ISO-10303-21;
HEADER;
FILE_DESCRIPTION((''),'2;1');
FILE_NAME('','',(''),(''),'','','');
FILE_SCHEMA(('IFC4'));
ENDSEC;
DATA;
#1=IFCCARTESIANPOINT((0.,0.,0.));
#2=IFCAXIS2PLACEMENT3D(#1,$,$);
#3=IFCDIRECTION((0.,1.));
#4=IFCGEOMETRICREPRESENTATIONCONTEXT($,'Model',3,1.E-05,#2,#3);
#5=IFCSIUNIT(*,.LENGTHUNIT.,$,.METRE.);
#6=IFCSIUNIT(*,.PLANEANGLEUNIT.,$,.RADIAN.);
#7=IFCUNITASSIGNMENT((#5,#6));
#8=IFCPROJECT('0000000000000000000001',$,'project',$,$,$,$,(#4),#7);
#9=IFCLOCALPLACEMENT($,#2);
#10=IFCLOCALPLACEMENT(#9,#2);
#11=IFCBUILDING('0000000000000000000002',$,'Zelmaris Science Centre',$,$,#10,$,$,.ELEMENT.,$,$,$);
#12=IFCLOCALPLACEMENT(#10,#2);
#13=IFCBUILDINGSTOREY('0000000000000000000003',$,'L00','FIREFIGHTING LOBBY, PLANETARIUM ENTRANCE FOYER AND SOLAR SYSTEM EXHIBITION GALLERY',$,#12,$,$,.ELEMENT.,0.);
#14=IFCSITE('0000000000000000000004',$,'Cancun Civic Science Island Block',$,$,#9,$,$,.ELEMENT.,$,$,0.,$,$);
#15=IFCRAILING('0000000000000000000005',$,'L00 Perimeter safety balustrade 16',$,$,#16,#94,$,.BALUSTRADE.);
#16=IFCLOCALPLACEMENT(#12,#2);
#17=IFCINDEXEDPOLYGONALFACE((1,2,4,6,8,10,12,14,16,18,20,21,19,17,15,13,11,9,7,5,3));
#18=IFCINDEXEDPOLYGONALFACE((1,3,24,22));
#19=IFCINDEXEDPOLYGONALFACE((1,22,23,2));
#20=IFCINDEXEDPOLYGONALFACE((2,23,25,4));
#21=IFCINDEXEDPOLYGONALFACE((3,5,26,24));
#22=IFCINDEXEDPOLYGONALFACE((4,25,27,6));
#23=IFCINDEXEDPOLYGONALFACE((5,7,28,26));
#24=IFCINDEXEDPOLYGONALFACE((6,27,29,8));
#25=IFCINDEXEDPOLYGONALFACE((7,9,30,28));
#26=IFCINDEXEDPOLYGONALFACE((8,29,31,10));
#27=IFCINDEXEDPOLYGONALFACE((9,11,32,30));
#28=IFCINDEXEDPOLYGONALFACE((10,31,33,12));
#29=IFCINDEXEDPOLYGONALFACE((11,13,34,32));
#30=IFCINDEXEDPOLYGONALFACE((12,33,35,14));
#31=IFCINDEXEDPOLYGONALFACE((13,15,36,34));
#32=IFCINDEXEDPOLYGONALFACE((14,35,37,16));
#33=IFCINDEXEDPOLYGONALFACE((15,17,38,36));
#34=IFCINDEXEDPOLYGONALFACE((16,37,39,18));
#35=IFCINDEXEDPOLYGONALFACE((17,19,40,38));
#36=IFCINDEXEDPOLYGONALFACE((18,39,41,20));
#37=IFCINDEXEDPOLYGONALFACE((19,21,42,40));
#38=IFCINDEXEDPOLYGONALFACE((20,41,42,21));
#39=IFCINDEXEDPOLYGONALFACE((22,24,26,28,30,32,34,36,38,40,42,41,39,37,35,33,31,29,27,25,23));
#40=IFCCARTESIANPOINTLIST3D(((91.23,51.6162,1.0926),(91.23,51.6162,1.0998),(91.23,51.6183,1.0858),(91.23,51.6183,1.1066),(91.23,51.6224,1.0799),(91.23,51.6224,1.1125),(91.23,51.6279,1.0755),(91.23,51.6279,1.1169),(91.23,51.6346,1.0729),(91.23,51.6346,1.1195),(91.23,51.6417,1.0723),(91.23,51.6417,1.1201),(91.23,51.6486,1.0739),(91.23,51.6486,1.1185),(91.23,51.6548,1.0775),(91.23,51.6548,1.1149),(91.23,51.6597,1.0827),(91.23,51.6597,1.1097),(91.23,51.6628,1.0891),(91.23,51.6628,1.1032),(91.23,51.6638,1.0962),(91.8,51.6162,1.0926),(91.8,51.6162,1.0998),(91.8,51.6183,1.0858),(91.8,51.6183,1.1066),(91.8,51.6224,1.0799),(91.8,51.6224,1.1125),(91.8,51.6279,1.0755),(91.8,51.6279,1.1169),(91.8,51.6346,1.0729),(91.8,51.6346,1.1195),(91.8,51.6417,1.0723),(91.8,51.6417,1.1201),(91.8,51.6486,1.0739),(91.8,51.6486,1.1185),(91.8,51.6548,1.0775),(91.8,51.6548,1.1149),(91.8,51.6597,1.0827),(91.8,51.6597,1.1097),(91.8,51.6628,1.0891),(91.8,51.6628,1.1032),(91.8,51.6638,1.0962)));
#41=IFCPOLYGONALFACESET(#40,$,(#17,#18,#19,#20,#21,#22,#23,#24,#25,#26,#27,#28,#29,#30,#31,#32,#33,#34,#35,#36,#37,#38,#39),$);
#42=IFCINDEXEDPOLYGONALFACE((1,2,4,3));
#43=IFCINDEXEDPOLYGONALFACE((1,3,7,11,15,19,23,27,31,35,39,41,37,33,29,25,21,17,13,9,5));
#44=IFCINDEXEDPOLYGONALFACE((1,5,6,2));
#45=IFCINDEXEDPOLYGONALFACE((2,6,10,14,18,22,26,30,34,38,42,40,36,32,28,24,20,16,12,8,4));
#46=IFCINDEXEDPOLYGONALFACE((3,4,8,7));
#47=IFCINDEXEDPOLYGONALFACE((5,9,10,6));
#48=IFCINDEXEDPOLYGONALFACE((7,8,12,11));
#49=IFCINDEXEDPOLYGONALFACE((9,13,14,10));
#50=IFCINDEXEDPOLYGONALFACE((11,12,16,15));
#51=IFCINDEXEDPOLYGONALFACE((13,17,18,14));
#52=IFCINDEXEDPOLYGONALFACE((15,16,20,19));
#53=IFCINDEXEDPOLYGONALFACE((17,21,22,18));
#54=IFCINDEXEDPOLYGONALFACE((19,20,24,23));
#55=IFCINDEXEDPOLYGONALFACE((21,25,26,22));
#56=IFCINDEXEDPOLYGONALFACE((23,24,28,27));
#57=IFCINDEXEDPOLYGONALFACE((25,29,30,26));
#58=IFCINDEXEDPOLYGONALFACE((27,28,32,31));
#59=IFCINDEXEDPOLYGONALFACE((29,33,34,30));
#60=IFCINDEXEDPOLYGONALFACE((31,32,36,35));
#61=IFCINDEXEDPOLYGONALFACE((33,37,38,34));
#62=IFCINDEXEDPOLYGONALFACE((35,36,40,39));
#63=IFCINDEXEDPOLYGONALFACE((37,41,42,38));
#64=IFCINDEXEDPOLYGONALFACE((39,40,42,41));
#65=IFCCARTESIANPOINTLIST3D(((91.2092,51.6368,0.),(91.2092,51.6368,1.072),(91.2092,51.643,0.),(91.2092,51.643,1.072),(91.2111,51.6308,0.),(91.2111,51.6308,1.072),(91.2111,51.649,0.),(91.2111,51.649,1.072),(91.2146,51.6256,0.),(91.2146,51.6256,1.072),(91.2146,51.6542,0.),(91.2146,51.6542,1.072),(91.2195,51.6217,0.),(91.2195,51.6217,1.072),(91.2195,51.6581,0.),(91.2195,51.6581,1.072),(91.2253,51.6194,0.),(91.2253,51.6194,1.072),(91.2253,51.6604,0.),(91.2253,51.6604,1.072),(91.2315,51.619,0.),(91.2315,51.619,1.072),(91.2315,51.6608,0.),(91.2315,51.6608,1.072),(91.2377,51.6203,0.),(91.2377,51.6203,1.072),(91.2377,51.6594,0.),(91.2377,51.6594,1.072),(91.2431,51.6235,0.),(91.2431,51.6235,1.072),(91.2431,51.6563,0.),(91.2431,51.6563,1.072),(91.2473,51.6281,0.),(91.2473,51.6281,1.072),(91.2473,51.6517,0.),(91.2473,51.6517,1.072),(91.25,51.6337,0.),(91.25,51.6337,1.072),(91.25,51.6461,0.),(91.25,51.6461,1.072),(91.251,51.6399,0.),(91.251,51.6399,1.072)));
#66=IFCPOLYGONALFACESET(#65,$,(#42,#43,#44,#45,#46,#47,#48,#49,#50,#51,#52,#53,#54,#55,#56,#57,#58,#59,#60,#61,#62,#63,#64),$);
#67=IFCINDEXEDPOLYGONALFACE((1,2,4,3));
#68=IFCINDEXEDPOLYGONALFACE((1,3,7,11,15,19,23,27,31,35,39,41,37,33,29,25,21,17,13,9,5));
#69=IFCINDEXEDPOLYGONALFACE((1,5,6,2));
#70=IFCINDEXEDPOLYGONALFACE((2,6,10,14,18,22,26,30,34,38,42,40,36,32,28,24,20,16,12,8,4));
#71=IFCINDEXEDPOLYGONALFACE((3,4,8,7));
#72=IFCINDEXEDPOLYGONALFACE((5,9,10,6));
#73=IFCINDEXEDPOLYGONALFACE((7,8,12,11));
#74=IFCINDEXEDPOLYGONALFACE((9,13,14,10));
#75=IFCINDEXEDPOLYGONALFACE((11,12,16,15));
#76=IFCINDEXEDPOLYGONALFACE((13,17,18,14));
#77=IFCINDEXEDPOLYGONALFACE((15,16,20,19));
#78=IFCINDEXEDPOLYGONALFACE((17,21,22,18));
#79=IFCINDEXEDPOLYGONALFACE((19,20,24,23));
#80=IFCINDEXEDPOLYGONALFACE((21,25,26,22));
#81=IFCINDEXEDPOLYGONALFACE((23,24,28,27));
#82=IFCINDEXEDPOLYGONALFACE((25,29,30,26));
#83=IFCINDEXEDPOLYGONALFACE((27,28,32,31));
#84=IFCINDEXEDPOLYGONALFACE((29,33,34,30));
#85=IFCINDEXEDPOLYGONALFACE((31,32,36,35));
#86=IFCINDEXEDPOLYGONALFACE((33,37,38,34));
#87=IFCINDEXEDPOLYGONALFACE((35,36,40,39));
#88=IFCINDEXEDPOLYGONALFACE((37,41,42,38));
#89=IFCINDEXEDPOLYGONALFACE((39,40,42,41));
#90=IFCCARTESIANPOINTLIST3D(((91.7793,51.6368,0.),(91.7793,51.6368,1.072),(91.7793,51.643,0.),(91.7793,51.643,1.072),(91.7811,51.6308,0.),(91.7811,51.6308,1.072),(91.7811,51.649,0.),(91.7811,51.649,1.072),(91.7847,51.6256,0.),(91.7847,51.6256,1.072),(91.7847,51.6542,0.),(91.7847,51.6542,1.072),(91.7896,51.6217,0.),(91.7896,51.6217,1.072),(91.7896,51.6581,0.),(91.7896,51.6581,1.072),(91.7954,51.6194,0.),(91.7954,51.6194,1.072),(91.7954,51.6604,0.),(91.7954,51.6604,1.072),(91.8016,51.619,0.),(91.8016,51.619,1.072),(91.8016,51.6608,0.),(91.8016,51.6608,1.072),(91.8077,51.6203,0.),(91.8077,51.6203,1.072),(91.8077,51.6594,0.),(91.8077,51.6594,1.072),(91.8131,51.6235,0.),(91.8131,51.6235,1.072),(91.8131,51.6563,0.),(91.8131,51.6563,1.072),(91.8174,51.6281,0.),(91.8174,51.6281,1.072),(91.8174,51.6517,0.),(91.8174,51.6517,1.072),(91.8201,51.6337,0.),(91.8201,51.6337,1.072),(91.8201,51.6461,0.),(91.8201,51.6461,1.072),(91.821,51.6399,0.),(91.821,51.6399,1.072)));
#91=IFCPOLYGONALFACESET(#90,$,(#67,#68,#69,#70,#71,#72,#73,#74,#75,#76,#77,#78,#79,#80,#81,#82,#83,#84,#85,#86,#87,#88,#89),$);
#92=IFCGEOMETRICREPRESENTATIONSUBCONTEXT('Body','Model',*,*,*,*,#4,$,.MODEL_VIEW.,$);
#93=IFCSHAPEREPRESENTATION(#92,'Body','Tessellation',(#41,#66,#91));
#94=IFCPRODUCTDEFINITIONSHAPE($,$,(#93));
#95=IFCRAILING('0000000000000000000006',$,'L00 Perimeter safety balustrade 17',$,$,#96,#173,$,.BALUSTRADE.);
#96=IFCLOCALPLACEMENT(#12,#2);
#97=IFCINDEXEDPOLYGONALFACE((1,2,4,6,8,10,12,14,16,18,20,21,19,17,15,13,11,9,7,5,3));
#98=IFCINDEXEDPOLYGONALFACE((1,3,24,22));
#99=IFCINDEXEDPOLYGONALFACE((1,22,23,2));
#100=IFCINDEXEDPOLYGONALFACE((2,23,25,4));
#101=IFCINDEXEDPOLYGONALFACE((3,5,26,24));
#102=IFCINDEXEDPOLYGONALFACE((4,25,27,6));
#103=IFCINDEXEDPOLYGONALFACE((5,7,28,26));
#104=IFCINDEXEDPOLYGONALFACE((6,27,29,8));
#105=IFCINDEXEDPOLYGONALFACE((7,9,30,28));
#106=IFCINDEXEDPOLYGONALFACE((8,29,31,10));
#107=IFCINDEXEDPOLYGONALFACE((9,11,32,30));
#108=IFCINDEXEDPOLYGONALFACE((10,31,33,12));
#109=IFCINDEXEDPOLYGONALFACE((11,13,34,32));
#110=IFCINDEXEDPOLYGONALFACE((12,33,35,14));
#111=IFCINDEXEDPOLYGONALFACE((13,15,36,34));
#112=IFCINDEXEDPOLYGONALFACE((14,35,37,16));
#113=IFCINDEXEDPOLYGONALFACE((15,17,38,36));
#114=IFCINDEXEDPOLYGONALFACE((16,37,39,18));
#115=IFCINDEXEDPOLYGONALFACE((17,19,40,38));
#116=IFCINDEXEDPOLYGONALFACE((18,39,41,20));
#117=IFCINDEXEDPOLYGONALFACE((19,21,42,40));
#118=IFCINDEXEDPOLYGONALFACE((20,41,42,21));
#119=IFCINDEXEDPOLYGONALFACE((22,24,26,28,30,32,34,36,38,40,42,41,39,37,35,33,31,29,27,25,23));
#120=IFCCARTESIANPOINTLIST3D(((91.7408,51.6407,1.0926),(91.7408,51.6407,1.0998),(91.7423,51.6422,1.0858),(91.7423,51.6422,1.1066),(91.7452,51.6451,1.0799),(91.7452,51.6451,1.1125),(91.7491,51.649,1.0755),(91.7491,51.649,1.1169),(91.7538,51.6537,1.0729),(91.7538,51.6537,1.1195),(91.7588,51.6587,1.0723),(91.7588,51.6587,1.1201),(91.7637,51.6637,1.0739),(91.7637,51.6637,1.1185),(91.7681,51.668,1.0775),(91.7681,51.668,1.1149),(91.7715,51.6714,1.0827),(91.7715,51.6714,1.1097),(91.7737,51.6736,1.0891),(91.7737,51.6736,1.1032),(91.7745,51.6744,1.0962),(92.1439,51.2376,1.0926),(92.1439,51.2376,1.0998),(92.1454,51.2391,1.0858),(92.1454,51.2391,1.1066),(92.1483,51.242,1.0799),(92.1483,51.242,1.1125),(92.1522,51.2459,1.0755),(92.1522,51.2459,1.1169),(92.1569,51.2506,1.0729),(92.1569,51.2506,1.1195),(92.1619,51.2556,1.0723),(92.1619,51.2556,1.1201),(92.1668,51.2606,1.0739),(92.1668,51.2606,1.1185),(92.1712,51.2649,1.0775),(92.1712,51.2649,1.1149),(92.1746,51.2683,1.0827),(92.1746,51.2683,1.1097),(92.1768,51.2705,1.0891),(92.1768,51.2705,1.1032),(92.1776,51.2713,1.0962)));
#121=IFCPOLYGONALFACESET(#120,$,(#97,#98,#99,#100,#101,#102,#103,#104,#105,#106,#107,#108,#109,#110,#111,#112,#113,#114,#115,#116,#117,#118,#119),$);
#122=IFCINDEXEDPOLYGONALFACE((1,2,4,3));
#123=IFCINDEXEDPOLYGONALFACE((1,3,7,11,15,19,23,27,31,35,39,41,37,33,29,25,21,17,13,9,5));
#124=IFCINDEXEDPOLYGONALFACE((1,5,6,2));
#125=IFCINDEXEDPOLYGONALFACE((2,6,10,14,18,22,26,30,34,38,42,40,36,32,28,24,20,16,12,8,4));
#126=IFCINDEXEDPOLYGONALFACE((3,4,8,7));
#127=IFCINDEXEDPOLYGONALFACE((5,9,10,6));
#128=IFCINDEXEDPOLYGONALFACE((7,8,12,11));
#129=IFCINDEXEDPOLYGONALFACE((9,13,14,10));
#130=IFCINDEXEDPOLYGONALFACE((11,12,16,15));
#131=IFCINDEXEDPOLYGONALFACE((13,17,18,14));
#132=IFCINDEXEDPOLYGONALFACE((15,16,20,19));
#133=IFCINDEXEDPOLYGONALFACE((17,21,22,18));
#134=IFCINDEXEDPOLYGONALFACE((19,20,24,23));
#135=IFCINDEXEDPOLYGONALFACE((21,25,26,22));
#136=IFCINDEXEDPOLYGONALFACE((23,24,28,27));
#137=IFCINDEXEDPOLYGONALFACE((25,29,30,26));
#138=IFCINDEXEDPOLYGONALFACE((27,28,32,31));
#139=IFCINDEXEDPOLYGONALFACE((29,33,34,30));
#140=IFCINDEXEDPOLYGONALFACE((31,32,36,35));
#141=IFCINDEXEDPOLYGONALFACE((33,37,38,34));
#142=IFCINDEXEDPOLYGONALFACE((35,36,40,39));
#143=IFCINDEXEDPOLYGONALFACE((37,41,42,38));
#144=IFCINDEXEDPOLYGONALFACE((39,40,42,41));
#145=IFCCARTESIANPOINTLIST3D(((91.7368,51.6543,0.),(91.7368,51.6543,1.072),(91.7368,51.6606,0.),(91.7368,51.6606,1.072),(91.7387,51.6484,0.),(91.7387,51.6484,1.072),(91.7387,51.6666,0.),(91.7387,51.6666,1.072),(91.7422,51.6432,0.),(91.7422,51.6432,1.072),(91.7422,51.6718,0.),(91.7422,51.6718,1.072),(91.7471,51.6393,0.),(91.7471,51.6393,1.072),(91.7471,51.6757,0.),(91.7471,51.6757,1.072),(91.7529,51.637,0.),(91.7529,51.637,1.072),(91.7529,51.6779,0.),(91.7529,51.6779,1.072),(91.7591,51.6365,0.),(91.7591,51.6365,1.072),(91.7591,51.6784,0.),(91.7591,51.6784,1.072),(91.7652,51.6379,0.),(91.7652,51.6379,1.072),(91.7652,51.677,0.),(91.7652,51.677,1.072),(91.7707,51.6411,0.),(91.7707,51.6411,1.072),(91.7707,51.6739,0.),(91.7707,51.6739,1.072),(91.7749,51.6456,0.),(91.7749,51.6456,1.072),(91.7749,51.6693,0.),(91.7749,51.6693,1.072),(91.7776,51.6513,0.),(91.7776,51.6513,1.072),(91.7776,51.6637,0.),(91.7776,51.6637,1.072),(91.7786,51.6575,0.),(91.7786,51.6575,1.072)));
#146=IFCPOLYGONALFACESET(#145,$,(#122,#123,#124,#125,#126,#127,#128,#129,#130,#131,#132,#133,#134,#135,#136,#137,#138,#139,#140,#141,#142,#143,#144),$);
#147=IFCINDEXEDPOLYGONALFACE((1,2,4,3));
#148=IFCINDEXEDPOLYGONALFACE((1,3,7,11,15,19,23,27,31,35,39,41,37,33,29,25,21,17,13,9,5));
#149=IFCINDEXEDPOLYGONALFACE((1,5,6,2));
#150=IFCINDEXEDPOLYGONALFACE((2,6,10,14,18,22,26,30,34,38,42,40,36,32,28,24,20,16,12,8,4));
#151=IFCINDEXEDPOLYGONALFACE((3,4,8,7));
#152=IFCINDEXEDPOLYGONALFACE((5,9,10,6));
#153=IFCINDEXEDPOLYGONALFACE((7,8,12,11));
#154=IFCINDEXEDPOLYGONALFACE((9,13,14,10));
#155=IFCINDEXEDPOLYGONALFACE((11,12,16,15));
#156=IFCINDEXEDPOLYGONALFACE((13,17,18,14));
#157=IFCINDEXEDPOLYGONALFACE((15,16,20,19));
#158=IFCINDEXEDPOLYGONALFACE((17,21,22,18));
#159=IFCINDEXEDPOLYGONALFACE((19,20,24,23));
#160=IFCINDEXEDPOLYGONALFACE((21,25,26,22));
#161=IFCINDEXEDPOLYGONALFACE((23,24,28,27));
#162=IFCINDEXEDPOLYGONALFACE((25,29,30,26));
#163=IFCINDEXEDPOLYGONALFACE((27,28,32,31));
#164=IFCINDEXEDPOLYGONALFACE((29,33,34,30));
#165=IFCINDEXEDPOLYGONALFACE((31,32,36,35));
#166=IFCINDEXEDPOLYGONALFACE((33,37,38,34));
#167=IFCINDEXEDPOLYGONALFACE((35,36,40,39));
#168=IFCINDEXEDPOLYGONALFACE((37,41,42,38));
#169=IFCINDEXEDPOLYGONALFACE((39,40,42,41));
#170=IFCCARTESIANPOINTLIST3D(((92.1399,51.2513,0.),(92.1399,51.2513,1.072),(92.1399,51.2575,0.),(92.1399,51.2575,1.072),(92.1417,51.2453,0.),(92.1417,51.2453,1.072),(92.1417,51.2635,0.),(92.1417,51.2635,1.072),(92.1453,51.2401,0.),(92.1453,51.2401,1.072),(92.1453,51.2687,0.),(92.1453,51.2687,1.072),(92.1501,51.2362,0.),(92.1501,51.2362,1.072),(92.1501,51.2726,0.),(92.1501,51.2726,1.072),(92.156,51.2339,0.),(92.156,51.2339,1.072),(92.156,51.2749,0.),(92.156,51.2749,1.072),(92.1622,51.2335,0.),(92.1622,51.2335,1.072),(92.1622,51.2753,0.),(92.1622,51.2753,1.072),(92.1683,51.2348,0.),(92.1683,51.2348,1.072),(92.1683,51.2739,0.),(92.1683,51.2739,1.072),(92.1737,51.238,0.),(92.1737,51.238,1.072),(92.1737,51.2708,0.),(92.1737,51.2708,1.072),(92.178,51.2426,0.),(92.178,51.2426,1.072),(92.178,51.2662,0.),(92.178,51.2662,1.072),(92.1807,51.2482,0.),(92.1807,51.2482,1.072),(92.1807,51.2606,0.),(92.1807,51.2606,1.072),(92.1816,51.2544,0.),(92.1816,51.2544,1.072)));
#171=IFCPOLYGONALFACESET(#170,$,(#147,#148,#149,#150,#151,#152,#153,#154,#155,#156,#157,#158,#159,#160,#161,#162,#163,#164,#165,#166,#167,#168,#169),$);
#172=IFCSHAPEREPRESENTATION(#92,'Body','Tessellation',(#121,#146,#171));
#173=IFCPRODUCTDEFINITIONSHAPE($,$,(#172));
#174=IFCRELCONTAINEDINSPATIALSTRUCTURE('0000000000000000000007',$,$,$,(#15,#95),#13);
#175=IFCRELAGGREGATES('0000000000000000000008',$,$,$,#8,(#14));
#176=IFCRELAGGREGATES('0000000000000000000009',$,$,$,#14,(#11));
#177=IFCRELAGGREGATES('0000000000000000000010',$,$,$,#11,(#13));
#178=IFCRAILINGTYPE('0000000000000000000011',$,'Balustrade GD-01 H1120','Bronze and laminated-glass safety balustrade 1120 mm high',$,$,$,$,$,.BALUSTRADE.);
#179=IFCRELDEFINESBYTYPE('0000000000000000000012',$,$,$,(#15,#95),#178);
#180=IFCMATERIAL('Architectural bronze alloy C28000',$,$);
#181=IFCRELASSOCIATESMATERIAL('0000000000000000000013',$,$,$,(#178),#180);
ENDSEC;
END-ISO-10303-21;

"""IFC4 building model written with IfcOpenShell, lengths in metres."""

from ifc_helpers import new_model, si_unit, direction, frame, origin, origin_2d, place, context, subcontext, project, spatial, circle, extrude, material, type_object, element, save


model = new_model("IFC4")

# Units and contexts
model_context = context("Model", 3, precision=1e-05, world=origin(), true_north=direction((0.0, 1.0)))
body_context = subcontext(model_context, "Body", "Model", "MODEL_VIEW")
ifc_project = project(units=[si_unit("LENGTHUNIT", "METRE"), si_unit("PLANEANGLEUNIT", "RADIAN")], contexts=[model_context])

# Site, building, storey
site_placement = place(None, origin())
site = spatial("IfcSite", under=ifc_project, at=site_placement, Name="Cancun Civic Science Island Block", CompositionType="ELEMENT", RefElevation=0.0)
building_placement = place(site_placement, origin())
building = spatial("IfcBuilding", under=site, at=building_placement, Name="Zelmaris Science Centre", CompositionType="ELEMENT")
storey_placement = place(building_placement, origin())
storey = spatial("IfcBuildingStorey", under=building, at=storey_placement, Name="L00", Description="FIREFIGHTING LOBBY, PLANETARIUM ENTRANCE FOYER AND SOLAR SYSTEM EXHIBITION GALLERY", CompositionType="ELEMENT", Elevation=0.0)

# Railings
ifc_material_1 = material(Name="Architectural bronze alloy C28000")
railing_type = type_object("IfcRailingType", Name="Balustrade GD-01 H1120", Description="Bronze and laminated-glass safety balustrade 1120 mm high", PredefinedType="BALUSTRADE", material=ifc_material_1)
railing_1_placement = place(storey_placement, frame((91.23, 51.6399, 0.0)))
element("IfcRailing", 1, at=railing_1_placement, inside=storey, type_object=railing_type, Name="L00 Perimeter safety balustrade 16", PredefinedType="BALUSTRADE", context=body_context, shape_type="SweptSolid", body=[
    extrude(circle(Radius=0.0239, at=origin_2d()), frame((0.0, 0.0, 1.0962), z_axis=(1.0, 0.0, 0.0), x_axis=(0.0, 1.0, 0.0)), (0.0, 0.0, 1.0), 0.5701),
    extrude(circle(Radius=0.021, at=origin_2d()), origin(), (0.0, 0.0, 1.0), 1.072),
    extrude(circle(Radius=0.021, at=origin_2d()), frame((0.5701, 0.0, 0.0)), (0.0, 0.0, 1.0), 1.072),
])
railing_2_placement = place(storey_placement, frame((91.7576, 51.6575, 0.0)))
element("IfcRailing", 2, at=railing_2_placement, inside=storey, type_object=railing_type, Name="L00 Perimeter safety balustrade 17", PredefinedType="BALUSTRADE", context=body_context, shape_type="SweptSolid", body=[
    extrude(circle(Radius=0.0239, at=origin_2d()), frame((0.0, 0.0, 1.0962), z_axis=(0.707107, -0.707107, 0.0), x_axis=(0.707107, 0.707107, 0.0)), (0.0, 0.0, 1.0), 0.5701),
    extrude(circle(Radius=0.021, at=origin_2d()), origin(), (0.0, 0.0, 1.0), 1.072),
    extrude(circle(Radius=0.021, at=origin_2d()), frame((0.4031, -0.4031, 0.0)), (0.0, 0.0, 1.0), 1.072),
])

save(model, "model.ifc")
